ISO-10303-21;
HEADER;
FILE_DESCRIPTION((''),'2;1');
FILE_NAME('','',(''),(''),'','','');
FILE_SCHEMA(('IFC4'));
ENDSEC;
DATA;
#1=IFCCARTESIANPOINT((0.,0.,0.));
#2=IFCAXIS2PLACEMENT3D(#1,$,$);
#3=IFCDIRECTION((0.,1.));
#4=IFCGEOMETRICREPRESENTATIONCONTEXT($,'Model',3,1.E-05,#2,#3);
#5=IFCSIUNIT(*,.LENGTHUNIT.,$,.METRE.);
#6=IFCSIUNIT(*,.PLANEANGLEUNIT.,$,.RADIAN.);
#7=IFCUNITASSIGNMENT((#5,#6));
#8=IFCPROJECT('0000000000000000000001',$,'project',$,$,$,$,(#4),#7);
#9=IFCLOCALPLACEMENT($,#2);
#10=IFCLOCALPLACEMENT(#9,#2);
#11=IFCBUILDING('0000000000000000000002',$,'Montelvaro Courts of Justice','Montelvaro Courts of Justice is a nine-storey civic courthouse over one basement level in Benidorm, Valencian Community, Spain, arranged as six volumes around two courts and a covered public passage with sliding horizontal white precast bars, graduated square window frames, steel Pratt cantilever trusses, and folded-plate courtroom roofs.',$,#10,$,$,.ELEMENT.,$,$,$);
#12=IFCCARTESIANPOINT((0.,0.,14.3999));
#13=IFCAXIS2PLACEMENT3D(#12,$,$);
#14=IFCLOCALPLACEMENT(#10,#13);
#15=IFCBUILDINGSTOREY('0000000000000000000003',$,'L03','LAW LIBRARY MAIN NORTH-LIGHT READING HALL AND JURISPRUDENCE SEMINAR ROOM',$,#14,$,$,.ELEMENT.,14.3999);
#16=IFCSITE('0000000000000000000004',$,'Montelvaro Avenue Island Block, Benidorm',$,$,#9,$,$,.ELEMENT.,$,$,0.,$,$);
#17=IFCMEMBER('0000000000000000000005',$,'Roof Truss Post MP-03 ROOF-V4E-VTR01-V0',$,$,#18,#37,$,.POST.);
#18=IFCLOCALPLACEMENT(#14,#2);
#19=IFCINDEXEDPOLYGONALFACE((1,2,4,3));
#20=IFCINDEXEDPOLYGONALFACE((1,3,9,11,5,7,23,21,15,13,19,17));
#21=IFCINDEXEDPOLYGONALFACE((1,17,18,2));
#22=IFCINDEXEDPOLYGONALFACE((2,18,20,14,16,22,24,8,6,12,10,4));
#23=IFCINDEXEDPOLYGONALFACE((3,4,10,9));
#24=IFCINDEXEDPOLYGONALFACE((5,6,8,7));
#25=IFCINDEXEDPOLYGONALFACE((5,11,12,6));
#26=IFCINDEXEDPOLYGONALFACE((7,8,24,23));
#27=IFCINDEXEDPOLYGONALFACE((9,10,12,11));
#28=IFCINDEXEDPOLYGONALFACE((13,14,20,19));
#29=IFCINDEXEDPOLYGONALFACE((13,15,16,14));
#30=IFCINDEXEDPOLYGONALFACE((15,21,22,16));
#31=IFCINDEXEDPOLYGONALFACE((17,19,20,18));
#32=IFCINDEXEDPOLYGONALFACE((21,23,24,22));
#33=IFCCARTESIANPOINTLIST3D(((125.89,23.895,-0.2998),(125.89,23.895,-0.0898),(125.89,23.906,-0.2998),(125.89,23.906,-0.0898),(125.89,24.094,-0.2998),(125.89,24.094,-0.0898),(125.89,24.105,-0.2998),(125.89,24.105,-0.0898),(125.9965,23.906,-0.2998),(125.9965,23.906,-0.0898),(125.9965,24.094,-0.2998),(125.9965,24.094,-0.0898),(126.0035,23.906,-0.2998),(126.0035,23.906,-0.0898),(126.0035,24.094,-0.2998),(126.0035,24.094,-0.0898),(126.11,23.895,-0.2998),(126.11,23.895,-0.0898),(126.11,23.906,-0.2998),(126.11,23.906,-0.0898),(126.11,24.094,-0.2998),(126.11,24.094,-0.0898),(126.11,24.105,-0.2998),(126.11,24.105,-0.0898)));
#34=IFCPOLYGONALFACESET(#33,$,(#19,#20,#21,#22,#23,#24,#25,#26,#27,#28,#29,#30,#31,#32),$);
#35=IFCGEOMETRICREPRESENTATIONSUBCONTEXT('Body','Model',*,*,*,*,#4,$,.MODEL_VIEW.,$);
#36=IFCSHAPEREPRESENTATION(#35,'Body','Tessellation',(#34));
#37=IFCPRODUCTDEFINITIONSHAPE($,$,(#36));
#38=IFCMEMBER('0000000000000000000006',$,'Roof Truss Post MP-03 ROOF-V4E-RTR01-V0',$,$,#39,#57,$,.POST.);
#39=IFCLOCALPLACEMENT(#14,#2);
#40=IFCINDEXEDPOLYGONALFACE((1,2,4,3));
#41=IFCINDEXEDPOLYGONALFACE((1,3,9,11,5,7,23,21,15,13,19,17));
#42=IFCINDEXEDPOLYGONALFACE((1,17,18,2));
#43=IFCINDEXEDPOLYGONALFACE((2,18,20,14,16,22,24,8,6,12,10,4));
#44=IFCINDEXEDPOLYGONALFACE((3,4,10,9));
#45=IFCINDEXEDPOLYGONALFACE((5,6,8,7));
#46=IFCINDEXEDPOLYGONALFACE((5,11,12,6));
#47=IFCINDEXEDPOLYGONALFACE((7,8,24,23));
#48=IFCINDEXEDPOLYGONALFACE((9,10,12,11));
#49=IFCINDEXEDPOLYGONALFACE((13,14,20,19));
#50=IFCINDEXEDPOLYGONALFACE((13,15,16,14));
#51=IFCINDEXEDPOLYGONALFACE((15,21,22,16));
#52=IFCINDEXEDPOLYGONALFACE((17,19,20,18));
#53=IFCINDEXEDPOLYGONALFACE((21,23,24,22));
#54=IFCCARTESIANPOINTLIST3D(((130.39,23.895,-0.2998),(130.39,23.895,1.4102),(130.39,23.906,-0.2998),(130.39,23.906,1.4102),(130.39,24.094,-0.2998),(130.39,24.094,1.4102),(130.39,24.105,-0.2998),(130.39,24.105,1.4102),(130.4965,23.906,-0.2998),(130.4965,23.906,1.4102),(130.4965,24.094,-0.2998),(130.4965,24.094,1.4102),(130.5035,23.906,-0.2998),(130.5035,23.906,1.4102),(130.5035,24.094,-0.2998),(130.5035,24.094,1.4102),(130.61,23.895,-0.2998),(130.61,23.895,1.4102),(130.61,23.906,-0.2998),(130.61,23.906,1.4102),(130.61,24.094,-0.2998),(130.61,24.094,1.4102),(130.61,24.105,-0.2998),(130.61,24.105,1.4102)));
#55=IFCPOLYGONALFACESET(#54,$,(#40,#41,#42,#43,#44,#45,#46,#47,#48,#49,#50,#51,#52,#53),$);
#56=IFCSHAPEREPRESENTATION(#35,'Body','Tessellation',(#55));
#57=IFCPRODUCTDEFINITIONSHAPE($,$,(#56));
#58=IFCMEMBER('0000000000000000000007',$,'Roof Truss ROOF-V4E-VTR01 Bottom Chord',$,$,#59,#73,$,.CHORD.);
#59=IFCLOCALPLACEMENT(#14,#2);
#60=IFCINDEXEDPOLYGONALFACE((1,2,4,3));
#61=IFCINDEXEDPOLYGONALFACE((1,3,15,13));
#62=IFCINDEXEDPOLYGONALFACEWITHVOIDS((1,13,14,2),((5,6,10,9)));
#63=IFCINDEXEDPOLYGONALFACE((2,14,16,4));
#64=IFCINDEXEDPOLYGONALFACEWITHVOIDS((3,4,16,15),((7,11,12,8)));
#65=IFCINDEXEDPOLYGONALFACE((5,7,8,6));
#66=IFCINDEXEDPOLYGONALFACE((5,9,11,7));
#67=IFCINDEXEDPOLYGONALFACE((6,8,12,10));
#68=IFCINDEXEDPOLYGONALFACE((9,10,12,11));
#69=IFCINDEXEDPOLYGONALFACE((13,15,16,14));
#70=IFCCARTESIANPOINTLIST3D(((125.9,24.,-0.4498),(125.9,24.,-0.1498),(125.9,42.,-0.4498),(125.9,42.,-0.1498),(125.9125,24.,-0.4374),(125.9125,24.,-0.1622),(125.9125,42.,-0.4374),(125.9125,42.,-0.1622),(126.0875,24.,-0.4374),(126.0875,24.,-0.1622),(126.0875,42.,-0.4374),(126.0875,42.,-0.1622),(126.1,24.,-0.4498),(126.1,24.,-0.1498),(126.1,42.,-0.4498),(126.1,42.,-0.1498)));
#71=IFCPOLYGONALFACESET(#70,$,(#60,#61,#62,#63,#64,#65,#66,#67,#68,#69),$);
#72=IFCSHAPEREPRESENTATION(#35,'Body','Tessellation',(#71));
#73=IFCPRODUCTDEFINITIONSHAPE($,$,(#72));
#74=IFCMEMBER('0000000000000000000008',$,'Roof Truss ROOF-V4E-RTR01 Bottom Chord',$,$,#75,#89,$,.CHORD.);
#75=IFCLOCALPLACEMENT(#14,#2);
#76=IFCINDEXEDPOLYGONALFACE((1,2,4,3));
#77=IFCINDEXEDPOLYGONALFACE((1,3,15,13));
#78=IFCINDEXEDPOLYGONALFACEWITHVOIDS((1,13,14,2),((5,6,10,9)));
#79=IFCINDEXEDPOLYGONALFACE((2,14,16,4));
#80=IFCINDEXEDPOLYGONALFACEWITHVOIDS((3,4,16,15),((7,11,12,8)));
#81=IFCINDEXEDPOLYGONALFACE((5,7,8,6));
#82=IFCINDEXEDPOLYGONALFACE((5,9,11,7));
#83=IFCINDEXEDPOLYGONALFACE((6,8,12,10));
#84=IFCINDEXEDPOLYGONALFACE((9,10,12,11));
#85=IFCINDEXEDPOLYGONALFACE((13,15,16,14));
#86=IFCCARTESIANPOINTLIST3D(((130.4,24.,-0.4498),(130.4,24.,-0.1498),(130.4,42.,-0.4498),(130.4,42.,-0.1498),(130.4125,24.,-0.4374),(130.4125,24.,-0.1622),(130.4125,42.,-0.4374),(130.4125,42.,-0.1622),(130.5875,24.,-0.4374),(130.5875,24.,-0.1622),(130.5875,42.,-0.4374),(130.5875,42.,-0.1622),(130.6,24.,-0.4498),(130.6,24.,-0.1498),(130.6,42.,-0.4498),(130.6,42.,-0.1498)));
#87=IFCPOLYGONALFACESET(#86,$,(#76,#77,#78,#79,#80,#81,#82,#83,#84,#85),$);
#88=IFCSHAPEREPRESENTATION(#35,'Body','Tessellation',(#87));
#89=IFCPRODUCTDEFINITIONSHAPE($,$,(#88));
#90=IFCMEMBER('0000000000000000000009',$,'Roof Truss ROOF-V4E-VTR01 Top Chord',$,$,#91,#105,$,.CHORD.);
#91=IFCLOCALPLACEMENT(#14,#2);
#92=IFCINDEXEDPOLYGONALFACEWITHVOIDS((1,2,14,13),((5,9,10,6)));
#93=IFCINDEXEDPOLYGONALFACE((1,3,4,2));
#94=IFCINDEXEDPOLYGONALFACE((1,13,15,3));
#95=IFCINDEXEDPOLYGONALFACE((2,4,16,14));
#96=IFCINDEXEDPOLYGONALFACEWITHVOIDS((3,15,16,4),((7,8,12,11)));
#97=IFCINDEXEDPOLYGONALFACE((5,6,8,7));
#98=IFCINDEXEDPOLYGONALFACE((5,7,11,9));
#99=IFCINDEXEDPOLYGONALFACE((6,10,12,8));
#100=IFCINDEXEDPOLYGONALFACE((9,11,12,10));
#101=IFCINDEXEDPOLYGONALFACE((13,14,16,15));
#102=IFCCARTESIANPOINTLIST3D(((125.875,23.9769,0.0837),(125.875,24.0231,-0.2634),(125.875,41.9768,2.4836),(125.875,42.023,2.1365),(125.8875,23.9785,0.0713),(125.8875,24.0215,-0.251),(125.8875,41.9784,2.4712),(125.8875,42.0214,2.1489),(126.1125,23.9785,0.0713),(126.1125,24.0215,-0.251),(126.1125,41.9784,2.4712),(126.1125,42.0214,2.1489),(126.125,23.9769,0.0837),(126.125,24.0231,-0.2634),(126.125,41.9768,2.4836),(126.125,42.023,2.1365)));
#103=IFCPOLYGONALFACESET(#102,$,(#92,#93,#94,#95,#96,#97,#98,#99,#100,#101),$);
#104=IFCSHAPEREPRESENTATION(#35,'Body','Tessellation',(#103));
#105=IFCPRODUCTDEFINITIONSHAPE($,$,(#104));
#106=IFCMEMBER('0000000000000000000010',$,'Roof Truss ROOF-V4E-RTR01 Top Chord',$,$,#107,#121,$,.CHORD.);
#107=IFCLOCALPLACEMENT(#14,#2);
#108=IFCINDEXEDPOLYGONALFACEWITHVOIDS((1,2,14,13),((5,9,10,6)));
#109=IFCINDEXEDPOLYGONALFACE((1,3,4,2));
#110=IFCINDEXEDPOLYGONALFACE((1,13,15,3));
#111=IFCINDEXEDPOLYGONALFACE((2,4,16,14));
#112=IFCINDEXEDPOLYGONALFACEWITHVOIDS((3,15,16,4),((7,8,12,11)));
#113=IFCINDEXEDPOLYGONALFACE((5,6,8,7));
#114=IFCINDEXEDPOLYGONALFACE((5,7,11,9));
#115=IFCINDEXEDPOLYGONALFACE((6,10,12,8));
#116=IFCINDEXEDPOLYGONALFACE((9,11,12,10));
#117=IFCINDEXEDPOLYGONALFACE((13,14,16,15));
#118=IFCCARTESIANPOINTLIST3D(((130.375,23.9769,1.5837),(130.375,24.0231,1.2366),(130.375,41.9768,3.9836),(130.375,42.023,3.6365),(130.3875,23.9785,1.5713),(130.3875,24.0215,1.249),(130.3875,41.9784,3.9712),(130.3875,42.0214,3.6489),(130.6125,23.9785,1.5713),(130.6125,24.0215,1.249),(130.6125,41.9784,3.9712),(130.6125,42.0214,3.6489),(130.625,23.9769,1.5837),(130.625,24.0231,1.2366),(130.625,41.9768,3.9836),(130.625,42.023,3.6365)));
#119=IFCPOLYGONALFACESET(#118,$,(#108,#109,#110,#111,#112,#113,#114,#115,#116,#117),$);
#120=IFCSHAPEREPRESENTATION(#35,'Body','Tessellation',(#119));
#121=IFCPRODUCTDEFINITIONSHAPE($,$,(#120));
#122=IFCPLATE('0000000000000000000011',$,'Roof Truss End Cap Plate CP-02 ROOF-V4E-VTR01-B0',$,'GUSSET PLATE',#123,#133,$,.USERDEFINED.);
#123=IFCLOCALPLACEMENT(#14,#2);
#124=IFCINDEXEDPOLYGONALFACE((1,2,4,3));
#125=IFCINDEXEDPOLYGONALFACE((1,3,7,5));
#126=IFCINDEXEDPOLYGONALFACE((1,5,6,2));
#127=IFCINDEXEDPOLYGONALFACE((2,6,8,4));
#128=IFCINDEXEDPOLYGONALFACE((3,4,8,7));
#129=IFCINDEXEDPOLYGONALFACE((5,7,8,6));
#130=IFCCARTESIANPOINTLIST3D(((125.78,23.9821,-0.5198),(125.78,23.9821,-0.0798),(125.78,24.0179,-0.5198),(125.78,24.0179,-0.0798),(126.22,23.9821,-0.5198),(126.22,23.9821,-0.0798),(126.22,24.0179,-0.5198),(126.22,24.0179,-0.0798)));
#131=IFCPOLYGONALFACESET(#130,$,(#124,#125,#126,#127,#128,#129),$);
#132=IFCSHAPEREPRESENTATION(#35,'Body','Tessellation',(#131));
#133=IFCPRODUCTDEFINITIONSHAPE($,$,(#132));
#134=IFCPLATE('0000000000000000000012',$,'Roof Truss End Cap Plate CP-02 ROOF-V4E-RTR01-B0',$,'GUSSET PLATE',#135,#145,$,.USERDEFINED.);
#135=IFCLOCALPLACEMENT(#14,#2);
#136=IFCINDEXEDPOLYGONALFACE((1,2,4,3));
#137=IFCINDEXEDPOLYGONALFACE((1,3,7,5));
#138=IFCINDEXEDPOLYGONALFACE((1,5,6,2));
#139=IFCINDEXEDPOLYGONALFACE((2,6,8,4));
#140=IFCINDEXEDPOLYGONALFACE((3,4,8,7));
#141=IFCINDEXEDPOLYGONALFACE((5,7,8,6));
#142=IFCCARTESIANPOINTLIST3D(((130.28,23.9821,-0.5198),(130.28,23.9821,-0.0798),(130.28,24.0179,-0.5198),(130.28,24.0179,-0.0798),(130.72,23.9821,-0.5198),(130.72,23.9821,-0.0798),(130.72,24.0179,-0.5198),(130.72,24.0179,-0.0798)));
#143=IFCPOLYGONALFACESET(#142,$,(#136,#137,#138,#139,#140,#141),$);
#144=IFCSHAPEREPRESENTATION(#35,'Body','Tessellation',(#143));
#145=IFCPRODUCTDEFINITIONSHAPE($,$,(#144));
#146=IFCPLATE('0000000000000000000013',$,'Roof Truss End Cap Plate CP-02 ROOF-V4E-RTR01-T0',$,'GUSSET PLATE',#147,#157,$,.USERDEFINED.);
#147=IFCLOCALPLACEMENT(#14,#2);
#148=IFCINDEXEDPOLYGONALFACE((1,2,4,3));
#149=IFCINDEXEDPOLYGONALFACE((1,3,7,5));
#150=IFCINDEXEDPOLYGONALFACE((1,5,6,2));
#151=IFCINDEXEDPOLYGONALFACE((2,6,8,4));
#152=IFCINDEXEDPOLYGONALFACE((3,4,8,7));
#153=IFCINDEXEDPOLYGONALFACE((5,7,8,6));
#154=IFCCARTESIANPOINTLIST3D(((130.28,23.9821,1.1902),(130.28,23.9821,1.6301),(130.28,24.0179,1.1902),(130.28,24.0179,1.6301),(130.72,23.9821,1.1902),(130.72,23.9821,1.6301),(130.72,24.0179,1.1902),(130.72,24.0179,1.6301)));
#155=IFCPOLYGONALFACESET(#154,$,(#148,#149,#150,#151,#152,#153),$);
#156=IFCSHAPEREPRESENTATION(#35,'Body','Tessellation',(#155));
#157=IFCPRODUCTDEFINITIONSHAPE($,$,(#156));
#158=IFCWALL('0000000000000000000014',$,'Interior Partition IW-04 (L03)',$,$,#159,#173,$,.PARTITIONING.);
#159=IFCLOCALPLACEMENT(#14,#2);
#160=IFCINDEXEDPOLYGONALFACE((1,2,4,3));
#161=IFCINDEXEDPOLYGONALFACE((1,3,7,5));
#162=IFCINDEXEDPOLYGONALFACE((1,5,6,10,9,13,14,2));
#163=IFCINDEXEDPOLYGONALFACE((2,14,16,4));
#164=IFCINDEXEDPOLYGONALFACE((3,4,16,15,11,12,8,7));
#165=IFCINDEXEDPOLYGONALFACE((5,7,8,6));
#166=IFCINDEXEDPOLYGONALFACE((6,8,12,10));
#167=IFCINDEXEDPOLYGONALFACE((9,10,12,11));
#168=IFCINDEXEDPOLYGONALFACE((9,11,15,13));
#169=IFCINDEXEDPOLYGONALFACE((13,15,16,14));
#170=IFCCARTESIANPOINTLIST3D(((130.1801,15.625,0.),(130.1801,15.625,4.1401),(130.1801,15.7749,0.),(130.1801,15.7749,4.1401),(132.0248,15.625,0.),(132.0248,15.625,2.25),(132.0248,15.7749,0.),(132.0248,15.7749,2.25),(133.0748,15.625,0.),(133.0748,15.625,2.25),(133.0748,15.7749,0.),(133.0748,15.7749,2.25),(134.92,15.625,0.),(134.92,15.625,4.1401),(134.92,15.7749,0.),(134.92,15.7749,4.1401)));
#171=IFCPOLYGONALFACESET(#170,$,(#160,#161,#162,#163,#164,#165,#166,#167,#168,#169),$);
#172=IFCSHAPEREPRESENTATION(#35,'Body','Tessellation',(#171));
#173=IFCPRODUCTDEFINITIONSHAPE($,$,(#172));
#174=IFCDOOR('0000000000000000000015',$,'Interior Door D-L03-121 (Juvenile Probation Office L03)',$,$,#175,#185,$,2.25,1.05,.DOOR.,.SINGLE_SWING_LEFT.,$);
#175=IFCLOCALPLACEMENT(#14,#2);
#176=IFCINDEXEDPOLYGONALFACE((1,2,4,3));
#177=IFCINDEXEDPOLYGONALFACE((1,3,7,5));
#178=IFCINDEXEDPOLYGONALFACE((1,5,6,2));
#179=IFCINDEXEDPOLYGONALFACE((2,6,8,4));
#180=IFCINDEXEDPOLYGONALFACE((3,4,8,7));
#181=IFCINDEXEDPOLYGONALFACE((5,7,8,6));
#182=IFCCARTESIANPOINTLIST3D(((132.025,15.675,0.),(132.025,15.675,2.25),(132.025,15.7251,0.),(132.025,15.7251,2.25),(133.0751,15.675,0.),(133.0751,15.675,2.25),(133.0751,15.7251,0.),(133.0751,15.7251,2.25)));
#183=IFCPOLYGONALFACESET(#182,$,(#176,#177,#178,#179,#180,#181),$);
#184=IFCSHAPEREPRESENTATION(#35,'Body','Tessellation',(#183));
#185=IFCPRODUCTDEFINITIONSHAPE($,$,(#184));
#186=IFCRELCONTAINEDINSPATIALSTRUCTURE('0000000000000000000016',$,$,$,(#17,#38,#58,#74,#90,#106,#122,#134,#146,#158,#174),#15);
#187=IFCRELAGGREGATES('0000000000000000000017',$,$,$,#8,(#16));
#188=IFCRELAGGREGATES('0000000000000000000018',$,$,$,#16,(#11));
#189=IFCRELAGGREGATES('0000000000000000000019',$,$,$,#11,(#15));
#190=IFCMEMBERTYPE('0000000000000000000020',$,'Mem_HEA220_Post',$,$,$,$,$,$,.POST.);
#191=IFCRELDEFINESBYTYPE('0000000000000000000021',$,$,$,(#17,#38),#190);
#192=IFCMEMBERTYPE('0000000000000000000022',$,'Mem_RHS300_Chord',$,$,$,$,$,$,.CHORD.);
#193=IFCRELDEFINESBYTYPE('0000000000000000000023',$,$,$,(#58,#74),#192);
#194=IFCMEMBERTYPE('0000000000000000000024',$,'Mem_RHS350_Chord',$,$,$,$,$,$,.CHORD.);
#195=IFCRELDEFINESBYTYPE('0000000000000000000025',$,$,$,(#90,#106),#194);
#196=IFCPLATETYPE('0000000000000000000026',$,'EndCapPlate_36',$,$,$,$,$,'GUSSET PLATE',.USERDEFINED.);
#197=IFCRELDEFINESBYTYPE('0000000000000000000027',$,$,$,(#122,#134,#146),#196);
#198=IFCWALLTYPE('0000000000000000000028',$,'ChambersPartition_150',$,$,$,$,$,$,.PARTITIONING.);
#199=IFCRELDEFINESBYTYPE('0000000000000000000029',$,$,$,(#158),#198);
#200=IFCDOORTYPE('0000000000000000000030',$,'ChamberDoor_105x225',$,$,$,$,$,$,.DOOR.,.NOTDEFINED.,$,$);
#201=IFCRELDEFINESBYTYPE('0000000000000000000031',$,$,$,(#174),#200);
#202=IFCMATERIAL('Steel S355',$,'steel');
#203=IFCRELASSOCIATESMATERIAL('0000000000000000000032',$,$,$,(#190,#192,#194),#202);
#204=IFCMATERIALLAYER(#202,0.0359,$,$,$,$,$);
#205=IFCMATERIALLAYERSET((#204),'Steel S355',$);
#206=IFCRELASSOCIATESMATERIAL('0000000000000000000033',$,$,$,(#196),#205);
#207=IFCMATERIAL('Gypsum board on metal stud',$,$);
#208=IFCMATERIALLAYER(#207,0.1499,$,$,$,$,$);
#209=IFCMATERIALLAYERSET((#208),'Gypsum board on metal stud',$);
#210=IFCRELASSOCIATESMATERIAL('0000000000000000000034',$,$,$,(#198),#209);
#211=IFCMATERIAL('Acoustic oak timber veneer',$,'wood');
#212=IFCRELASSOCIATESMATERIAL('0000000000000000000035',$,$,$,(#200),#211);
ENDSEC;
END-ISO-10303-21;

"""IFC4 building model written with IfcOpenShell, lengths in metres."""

from ifc_helpers import new_model, si_unit, direction, frame, frame_2d, origin, origin_2d, place, context, subcontext, project, spatial, rectangle, hollow_rectangle, i_section, extrude, material, layer, layer_set, material_profile, profile_set, type_object, element, fill, save


model = new_model("IFC4")

# Units and contexts
model_context = context("Model", 3, precision=1e-05, world=origin(), true_north=direction((0.0, 1.0)))
body_context = subcontext(model_context, "Body", "Model", "MODEL_VIEW")
ifc_project = project(units=[si_unit("LENGTHUNIT", "METRE"), si_unit("PLANEANGLEUNIT", "RADIAN")], contexts=[model_context])

# Site, building, storey
site_placement = place(None, origin())
site = spatial("IfcSite", under=ifc_project, at=site_placement, Name="Montelvaro Avenue Island Block, Benidorm", CompositionType="ELEMENT", RefElevation=0.0)
building_placement = place(site_placement, origin())
building = spatial("IfcBuilding", under=site, at=building_placement, Name="Montelvaro Courts of Justice", Description="Montelvaro Courts of Justice is a nine-storey civic courthouse over one basement level in Benidorm, Valencian Community, Spain, arranged as six volumes around two courts and a covered public passage with sliding horizontal white precast bars, graduated square window frames, steel Pratt cantilever trusses, and folded-plate courtroom roofs.", CompositionType="ELEMENT")
storey_placement = place(building_placement, frame((0.0, 0.0, 14.3999)))
storey = spatial("IfcBuildingStorey", under=building, at=storey_placement, Name="L03", Description="LAW LIBRARY MAIN NORTH-LIGHT READING HALL AND JURISPRUDENCE SEMINAR ROOM", CompositionType="ELEMENT", Elevation=14.3999)

# Shared definitions
ifc_material_1 = material(Name="Steel S355", Category="steel")

# Members
ifc_material_profile_1 = material_profile(ifc_material_1, i_section(OverallWidth=0.22, OverallDepth=0.21, WebThickness=0.0071, FlangeThickness=0.011, at=origin_2d()), Name="HEA 220")
ifc_profile_set_1 = profile_set([ifc_material_profile_1], Name="Steel S355")
member_type_1 = type_object("IfcMemberType", Name="Mem_HEA220_Post", PredefinedType="POST", material=ifc_profile_set_1)
member_1_placement = place(storey_placement, frame((126.0, 24.0, -0.2998), z_axis=(0.0, 0.0, 1.0), x_axis=(1.0, 0.0, 0.0)))
element("IfcMember", 1, at=member_1_placement, inside=storey, type_object=member_type_1, Name="Roof Truss Post MP-03 ROOF-V4E-VTR01-V0", PredefinedType="POST", context=body_context, shape_type="SweptSolid", body=[
    extrude(i_section(OverallWidth=0.22, OverallDepth=0.21, WebThickness=0.0071, FlangeThickness=0.011, at=origin_2d()), origin(), (0.0, 0.0, 1.0), 0.21),
])
member_2_placement = place(storey_placement, frame((130.5, 24.0, -0.2998), z_axis=(0.0, 0.0, 1.0), x_axis=(1.0, 0.0, 0.0)))
element("IfcMember", 2, at=member_2_placement, inside=storey, type_object=member_type_1, Name="Roof Truss Post MP-03 ROOF-V4E-RTR01-V0", PredefinedType="POST", context=body_context, shape_type="SweptSolid", body=[
    extrude(i_section(OverallWidth=0.22, OverallDepth=0.21, WebThickness=0.0071, FlangeThickness=0.011, at=origin_2d()), origin(), (0.0, 0.0, 1.0), 1.71),
])
ifc_material_profile_2 = material_profile(ifc_material_1, hollow_rectangle(XDim=0.2, YDim=0.3, WallThickness=0.0125, at=origin_2d()), Name="RHS 300x200x12.5")
ifc_profile_set_2 = profile_set([ifc_material_profile_2], Name="Steel S355")
member_type_2 = type_object("IfcMemberType", Name="Mem_RHS300_Chord", PredefinedType="CHORD", material=ifc_profile_set_2)
for number, where, z_axis, x_axis, name in (
    (3, (126.0, 24.0, -0.2998), (0.0, 1.0, 0.0), (-1.0, 0.0, 0.0), "Roof Truss ROOF-V4E-VTR01 Bottom Chord"),
    (4, (130.5, 24.0, -0.2998), (0.0, 1.0, 0.0), (-1.0, 0.0, 0.0), "Roof Truss ROOF-V4E-RTR01 Bottom Chord"),
):
    element("IfcMember", number, at=place(storey_placement, frame(where, z_axis=z_axis, x_axis=x_axis)), inside=storey, type_object=member_type_2, Name=name, PredefinedType="CHORD", context=body_context, shape_type="SweptSolid", body=[
        extrude(hollow_rectangle(XDim=0.2, YDim=0.3, WallThickness=0.0125, at=origin_2d()), origin(), (0.0, 0.0, 1.0), 18.0),
    ])
ifc_material_profile_3 = material_profile(ifc_material_1, hollow_rectangle(XDim=0.25, YDim=0.3501, WallThickness=0.0125, at=origin_2d()), Name="RHS 350x250x12.5")
ifc_profile_set_3 = profile_set([ifc_material_profile_3], Name="Steel S355")
member_type_3 = type_object("IfcMemberType", Name="Mem_RHS350_Chord", PredefinedType="CHORD", material=ifc_profile_set_3)
for number, where, z_axis, x_axis, name in (
    (5, (126.0, 24.0, -0.0898), (0.0, 0.991229, 0.132158), (-1.0, 0.0, 0.0), "Roof Truss ROOF-V4E-VTR01 Top Chord"),
    (6, (130.5, 24.0, 1.4102), (0.0, 0.991229, 0.132158), (-1.0, 0.0, 0.0), "Roof Truss ROOF-V4E-RTR01 Top Chord"),
):
    element("IfcMember", number, at=place(storey_placement, frame(where, z_axis=z_axis, x_axis=x_axis)), inside=storey, type_object=member_type_3, Name=name, PredefinedType="CHORD", context=body_context, shape_type="SweptSolid", body=[
        extrude(hollow_rectangle(XDim=0.25, YDim=0.3501, WallThickness=0.0125, at=origin_2d()), origin(), (0.0, 0.0, 1.0), 18.1592),
    ])

# Plates
ifc_layer_1 = layer(ifc_material_1, 0.0359)
ifc_layer_set_1 = layer_set([ifc_layer_1], Name="Steel S355")
plate_type = type_object("IfcPlateType", Name="EndCapPlate_36", ElementType="GUSSET PLATE", PredefinedType="USERDEFINED", material=ifc_layer_set_1)
for number, where, z_axis, x_axis, name in (
    (7, (126.0, 24.0, -0.5198), (0.0, 0.0, 1.0), (1.0, 0.0, 0.0), "Roof Truss End Cap Plate CP-02 ROOF-V4E-VTR01-B0"),
    (8, (130.5, 24.0, -0.5198), (0.0, 0.0, 1.0), (1.0, 0.0, 0.0), "Roof Truss End Cap Plate CP-02 ROOF-V4E-RTR01-B0"),
    (9, (130.5, 24.0, 1.1902), (0.0, 0.0, 1.0), (1.0, 0.0, 0.0), "Roof Truss End Cap Plate CP-02 ROOF-V4E-RTR01-T0"),
):
    element("IfcPlate", number, at=place(storey_placement, frame(where, z_axis=z_axis, x_axis=x_axis)), inside=storey, type_object=plate_type, Name=name, ObjectType="GUSSET PLATE", PredefinedType="USERDEFINED", context=body_context, shape_type="SweptSolid", body=[
        extrude(rectangle(XDim=0.4399, YDim=0.0359, at=origin_2d()), origin(), (0.0, 0.0, 1.0), 0.4399),
    ])

# Wall, opening, door
ifc_material_2 = material(Name="Gypsum board on metal stud")
ifc_layer_2 = layer(ifc_material_2, 0.1499)
ifc_layer_set_2 = layer_set([ifc_layer_2], Name="Gypsum board on metal stud")
wall_type = type_object("IfcWallType", Name="ChambersPartition_150", PredefinedType="PARTITIONING", material=ifc_layer_set_2)
wall_placement = place(storey_placement, frame((130.1799, 15.7, 0.0), z_axis=(0.0, 0.0, 1.0), x_axis=(1.0, 0.0, 0.0)))
wall = element("IfcWall", 10, at=wall_placement, inside=storey, type_object=wall_type, Name="Interior Partition IW-04 (L03)", PredefinedType="PARTITIONING", context=body_context, shape_type="SweptSolid", body=[
    extrude(rectangle(XDim=4.74, YDim=0.1499, at=frame_2d((2.3701, 0.0))), origin(), (0.0, 0.0, 1.0), 4.1401),
])
opening_placement = place(wall_placement, frame((1.845, 0.0, 0.0)))
opening = element("IfcOpeningElement", 11, at=opening_placement, cuts=wall, PredefinedType="OPENING", context=body_context, shape_type="SweptSolid", body=[
    extrude(rectangle(XDim=1.05, YDim=2.25, at=frame_2d((0.5249, 1.125))), frame((0.0, 0.0898, 0.0), z_axis=(0.0, -1.0, 0.0), x_axis=(1.0, 0.0, 0.0)), (0.0, 0.0, 1.0), 0.1797),
])
ifc_material_3 = material(Name="Acoustic oak timber veneer", Category="wood")
door_type = type_object("IfcDoorType", Name="ChamberDoor_105x225", OperationType="NOTDEFINED", PredefinedType="DOOR", material=ifc_material_3)
door_placement = place(opening_placement, frame((1.05, 0.0, 0.0), z_axis=(0.0, 0.0, 1.0), x_axis=(-1.0, 0.0, 0.0)))
door = element("IfcDoor", 12, at=door_placement, inside=storey, type_object=door_type, Name="Interior Door D-L03-121 (Juvenile Probation Office L03)", OperationType="SINGLE_SWING_LEFT", OverallHeight=2.25, OverallWidth=1.05, PredefinedType="DOOR", context=body_context, shape_type="SweptSolid", body=[
    extrude(rectangle(XDim=1.05, YDim=2.25, at=frame_2d((0.5249, 1.125))), frame((0.0, 0.0249, 0.0), z_axis=(0.0, -1.0, 0.0), x_axis=(1.0, 0.0, 0.0)), (0.0, 0.0, 1.0), 0.05),
])
fill(opening, door)

save(model, "model.ifc")
